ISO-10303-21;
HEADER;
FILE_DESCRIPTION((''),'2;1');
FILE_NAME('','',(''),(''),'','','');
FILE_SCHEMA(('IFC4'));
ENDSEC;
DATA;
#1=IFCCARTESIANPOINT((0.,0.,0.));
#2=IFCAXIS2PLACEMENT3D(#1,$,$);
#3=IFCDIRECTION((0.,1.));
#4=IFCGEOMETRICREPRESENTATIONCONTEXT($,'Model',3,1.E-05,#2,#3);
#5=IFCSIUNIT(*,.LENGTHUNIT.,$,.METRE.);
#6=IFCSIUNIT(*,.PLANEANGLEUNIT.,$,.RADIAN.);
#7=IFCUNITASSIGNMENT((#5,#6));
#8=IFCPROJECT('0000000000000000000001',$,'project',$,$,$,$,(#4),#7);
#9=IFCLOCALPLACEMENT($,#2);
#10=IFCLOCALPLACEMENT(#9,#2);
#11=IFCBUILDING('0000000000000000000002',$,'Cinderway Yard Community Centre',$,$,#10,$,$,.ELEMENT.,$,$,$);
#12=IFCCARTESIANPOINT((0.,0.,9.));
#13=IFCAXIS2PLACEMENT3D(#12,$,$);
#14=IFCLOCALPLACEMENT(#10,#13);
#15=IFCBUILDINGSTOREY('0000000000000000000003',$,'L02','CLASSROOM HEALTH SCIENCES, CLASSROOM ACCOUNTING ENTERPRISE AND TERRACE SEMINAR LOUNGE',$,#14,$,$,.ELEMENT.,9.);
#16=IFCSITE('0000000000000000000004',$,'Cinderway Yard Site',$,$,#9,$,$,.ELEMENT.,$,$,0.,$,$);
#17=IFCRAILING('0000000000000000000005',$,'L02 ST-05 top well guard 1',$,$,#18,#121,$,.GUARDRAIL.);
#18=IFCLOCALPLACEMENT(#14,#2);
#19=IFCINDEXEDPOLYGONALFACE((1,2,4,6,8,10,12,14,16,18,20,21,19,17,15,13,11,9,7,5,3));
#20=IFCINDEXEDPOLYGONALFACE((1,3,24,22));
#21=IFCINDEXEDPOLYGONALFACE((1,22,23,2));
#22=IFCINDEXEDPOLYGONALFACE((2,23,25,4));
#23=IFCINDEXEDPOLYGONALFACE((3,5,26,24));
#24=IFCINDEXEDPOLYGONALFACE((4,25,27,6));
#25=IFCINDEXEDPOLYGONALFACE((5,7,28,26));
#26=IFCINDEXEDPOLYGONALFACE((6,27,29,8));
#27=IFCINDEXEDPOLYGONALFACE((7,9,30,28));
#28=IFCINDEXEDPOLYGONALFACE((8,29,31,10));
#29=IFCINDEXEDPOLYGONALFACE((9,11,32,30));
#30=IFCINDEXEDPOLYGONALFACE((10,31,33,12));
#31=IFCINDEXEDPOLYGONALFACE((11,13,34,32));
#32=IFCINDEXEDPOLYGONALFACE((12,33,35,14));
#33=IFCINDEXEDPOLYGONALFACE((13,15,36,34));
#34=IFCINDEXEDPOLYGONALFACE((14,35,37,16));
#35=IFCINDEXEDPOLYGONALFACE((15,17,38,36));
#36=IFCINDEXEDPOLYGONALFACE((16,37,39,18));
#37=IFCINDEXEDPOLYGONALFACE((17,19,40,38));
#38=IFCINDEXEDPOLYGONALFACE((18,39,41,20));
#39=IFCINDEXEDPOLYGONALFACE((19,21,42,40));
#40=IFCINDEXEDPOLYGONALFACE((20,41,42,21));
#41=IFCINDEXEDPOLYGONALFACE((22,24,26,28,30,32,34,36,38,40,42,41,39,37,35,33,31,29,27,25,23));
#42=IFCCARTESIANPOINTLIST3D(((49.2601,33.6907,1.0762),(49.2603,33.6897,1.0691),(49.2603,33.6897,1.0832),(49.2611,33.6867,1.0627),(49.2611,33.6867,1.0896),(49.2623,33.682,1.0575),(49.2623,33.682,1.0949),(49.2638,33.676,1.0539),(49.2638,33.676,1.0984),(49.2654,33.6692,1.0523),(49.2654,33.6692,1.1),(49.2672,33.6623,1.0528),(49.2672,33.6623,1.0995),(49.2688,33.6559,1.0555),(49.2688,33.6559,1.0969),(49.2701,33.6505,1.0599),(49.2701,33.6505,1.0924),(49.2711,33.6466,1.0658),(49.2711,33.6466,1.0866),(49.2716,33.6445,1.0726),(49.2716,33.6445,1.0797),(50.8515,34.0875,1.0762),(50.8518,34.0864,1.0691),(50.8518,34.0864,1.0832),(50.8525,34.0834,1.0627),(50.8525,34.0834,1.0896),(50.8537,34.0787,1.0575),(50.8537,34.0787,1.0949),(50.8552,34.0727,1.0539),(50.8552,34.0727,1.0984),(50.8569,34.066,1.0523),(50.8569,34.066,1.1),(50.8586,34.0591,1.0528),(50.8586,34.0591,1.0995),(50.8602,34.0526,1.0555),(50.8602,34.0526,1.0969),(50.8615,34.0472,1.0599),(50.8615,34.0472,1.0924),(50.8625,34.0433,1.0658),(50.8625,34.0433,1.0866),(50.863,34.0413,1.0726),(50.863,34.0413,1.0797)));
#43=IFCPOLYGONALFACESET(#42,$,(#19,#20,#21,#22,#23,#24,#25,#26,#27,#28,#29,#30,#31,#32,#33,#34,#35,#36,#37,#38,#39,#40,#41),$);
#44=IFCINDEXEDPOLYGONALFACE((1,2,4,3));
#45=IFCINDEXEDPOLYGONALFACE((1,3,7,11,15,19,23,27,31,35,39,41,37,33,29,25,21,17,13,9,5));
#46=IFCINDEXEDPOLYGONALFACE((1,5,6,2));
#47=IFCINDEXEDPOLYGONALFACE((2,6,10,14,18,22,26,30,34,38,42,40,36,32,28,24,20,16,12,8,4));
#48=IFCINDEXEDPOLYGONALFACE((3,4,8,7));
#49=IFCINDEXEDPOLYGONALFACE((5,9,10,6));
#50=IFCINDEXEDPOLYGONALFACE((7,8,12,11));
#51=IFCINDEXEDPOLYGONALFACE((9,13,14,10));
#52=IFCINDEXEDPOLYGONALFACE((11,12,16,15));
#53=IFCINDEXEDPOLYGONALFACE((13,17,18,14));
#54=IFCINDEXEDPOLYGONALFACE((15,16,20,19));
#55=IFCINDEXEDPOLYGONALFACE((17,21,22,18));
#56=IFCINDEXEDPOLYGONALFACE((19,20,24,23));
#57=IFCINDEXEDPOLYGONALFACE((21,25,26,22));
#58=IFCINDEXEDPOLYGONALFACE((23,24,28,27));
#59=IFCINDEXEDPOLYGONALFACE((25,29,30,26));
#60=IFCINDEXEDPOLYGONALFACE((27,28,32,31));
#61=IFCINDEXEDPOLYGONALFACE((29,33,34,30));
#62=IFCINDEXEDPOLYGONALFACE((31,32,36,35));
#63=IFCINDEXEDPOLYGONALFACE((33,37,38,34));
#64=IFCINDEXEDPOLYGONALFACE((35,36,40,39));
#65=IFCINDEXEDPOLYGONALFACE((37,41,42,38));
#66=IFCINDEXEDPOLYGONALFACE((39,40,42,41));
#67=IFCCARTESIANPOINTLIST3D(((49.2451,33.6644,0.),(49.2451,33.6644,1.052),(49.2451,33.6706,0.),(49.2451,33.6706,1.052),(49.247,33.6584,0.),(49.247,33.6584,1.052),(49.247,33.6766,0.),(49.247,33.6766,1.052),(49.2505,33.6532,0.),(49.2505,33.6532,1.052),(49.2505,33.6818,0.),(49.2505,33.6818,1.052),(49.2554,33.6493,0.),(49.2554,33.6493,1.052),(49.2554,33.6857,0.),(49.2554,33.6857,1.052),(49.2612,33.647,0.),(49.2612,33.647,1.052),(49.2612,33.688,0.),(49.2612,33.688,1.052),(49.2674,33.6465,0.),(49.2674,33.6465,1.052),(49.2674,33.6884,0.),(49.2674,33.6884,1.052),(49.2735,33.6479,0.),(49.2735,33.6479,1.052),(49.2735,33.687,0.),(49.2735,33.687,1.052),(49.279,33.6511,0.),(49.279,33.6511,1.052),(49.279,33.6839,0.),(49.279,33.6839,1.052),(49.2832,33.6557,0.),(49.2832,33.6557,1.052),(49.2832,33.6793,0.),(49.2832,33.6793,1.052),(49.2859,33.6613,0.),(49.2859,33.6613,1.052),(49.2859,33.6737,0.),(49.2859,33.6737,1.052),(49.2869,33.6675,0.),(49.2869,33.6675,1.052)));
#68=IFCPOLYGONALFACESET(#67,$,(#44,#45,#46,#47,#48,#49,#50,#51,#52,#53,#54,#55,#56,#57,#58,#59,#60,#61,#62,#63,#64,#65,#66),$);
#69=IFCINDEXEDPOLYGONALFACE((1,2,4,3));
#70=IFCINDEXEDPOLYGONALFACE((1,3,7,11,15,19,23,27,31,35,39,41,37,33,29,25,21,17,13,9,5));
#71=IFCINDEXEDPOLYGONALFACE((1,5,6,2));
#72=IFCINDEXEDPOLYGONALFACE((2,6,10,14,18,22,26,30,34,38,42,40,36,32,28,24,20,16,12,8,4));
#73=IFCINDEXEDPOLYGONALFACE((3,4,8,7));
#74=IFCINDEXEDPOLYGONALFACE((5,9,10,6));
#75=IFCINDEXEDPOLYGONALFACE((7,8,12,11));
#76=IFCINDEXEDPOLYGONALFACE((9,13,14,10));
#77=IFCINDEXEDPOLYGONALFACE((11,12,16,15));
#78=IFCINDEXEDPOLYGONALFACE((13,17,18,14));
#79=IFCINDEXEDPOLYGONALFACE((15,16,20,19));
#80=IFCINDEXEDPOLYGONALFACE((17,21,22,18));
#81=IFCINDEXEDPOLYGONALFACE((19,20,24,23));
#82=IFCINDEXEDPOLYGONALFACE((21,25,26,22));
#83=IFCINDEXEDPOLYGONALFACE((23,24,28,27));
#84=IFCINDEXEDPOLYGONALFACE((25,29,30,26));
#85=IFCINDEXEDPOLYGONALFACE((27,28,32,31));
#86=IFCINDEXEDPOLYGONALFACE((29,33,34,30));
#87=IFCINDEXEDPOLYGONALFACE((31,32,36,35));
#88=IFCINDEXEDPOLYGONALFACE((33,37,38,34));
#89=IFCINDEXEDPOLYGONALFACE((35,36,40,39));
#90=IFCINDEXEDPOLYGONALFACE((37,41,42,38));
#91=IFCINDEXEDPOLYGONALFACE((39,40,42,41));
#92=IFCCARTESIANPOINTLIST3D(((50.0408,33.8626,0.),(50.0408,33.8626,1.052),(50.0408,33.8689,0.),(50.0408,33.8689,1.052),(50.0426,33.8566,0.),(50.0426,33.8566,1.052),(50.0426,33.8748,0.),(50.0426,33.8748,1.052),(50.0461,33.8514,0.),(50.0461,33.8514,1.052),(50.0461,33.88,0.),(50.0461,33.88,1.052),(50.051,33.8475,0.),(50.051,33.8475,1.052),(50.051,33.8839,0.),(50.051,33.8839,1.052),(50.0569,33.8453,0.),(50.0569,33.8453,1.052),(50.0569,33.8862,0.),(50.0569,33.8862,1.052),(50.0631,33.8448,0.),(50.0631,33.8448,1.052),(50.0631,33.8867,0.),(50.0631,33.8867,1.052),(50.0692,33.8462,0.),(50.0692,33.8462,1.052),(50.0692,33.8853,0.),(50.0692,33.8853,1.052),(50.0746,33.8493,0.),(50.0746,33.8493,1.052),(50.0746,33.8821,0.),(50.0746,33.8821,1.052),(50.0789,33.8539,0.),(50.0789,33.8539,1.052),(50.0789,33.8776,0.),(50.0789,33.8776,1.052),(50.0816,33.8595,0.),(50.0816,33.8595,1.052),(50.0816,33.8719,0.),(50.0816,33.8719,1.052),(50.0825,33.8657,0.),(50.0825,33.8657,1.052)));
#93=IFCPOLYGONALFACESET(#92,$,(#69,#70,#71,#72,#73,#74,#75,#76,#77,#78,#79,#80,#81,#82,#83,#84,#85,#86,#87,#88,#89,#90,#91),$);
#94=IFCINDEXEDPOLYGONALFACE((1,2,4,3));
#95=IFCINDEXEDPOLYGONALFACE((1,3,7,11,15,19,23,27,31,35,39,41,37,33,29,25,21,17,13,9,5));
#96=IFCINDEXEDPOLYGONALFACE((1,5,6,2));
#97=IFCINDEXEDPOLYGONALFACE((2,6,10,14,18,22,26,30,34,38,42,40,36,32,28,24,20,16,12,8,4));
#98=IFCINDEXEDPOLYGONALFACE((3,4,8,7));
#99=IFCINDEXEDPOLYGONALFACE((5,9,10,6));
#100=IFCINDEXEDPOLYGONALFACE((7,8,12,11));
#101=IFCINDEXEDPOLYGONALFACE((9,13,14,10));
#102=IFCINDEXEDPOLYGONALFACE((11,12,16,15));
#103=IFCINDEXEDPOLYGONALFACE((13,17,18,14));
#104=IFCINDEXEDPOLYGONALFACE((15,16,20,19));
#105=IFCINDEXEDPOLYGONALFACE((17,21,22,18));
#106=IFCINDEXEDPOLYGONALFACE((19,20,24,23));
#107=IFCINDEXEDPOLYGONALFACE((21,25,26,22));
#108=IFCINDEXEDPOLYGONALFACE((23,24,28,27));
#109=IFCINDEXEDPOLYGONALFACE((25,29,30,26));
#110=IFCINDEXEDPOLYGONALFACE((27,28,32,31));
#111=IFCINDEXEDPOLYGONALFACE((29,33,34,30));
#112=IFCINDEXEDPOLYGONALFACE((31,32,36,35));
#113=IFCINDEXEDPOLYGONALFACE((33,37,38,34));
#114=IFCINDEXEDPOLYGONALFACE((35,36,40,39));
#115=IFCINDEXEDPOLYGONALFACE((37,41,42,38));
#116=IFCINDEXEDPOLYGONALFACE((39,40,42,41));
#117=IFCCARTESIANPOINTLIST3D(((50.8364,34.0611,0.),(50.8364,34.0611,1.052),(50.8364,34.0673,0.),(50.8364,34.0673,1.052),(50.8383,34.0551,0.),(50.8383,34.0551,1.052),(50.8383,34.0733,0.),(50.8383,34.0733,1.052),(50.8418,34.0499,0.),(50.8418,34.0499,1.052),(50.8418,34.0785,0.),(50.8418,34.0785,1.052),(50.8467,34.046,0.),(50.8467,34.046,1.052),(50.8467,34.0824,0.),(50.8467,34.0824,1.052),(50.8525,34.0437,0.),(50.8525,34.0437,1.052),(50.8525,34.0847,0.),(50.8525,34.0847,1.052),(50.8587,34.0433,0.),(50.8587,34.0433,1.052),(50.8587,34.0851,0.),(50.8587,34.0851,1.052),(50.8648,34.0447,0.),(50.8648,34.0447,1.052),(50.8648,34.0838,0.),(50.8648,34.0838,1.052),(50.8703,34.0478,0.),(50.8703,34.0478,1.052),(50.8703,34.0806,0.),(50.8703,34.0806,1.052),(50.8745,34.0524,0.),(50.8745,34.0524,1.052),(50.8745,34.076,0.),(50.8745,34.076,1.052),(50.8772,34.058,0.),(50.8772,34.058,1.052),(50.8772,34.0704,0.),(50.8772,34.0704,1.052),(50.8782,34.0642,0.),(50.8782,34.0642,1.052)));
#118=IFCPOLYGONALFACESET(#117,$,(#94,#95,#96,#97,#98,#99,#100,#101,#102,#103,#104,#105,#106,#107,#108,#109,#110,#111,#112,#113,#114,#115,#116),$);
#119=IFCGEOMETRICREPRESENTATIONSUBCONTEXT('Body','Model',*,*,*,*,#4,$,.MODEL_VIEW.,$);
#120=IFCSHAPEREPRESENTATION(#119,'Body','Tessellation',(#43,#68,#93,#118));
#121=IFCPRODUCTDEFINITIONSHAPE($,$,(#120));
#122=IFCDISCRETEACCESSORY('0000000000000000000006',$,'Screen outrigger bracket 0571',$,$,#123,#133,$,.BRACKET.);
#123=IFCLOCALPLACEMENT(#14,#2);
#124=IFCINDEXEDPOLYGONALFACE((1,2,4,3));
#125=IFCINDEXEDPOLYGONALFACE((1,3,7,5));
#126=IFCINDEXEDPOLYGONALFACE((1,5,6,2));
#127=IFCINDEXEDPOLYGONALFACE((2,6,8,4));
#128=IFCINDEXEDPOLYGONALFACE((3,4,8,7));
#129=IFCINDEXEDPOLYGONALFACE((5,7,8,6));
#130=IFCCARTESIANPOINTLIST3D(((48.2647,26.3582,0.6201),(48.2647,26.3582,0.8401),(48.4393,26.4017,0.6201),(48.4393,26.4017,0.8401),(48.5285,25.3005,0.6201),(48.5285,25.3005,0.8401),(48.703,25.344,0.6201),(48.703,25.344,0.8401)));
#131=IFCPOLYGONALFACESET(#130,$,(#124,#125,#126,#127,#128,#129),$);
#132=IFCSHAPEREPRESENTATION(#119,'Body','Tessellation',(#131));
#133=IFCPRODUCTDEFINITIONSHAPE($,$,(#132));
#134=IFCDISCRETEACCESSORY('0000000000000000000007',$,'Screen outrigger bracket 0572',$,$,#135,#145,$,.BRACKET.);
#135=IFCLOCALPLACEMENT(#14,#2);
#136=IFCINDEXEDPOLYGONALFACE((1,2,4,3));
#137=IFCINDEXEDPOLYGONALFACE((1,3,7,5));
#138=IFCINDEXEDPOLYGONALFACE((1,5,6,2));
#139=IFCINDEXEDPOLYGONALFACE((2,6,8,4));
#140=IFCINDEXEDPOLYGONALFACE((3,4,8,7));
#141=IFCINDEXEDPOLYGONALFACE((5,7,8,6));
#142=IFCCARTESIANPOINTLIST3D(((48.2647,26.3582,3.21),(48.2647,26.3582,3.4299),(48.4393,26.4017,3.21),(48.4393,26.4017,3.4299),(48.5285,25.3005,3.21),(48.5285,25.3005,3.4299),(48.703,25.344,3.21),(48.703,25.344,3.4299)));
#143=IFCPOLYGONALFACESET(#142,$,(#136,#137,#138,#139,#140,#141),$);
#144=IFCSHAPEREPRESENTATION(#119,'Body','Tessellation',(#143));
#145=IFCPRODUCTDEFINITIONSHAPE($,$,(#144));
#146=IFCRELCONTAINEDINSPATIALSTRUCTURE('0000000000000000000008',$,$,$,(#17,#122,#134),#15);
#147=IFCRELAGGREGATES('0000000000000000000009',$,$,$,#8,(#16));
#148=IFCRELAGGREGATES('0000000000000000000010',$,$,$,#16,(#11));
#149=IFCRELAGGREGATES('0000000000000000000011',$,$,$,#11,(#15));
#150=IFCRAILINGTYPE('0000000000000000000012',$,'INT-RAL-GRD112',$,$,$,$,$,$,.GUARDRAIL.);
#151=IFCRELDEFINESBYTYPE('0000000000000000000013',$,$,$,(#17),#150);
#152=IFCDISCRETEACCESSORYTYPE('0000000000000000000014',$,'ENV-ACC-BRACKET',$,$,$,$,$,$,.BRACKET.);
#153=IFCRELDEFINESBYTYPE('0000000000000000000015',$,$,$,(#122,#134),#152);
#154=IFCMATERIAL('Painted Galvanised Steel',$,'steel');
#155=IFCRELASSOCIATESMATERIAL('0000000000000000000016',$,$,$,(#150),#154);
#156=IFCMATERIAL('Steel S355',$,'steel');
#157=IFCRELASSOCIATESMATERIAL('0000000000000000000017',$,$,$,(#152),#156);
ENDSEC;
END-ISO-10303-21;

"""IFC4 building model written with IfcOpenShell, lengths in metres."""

from ifc_helpers import new_model, si_unit, direction, frame, origin, origin_2d, place, context, subcontext, project, spatial, rectangle, circle, extrude, material, type_object, element, save


model = new_model("IFC4")

# Units and contexts
model_context = context("Model", 3, precision=1e-05, world=origin(), true_north=direction((0.0, 1.0)))
body_context = subcontext(model_context, "Body", "Model", "MODEL_VIEW")
ifc_project = project(units=[si_unit("LENGTHUNIT", "METRE"), si_unit("PLANEANGLEUNIT", "RADIAN")], contexts=[model_context])

# Site, building, storey
site_placement = place(None, origin())
site = spatial("IfcSite", under=ifc_project, at=site_placement, Name="Cinderway Yard Site", CompositionType="ELEMENT", RefElevation=0.0)
building_placement = place(site_placement, origin())
building = spatial("IfcBuilding", under=site, at=building_placement, Name="Cinderway Yard Community Centre", CompositionType="ELEMENT")
storey_placement = place(building_placement, frame((0.0, 0.0, 9.0)))
storey = spatial("IfcBuildingStorey", under=building, at=storey_placement, Name="L02", Description="CLASSROOM HEALTH SCIENCES, CLASSROOM ACCOUNTING ENTERPRISE AND TERRACE SEMINAR LOUNGE", CompositionType="ELEMENT", Elevation=9.0)

# Shared definitions
ifc_material_1 = material(Name="Steel S355", Category="steel")

# Shared definitions
ifc_material_2 = material(Name="Painted Galvanised Steel", Category="steel")

# Railing
railing_type_1 = type_object("IfcRailingType", Name="INT-RAL-GRD112", PredefinedType="GUARDRAIL", material=ifc_material_2)
railing_1_placement = place(storey_placement, frame((49.2659, 33.6675, 0.0)))
element("IfcRailing", 1, at=railing_1_placement, inside=storey, type_object=railing_type_1, Name="L02 ST-05 top well guard 1", PredefinedType="GUARDRAIL", context=body_context, shape_type="SweptSolid", body=[
    extrude(circle(Radius=0.0239, at=origin_2d()), frame((0.0, 0.0, 1.0762), z_axis=(0.9703, 0.241905, 0.0), x_axis=(-0.241905, 0.9703, 0.0)), (0.0, 0.0, 1.0), 1.6401),
    extrude(circle(Radius=0.021, at=origin_2d()), origin(), (0.0, 0.0, 1.0), 1.052),
    extrude(circle(Radius=0.021, at=origin_2d()), frame((0.7957, 0.1982, 0.0)), (0.0, 0.0, 1.0), 1.052),
    extrude(circle(Radius=0.021, at=origin_2d()), frame((1.5913, 0.3967, 0.0)), (0.0, 0.0, 1.0), 1.052),
])

# Discrete accessories
discrete_accessory_type = type_object("IfcDiscreteAccessoryType", Name="ENV-ACC-BRACKET", PredefinedType="BRACKET", material=ifc_material_1)
for number, where, z_axis, x_axis, name in (
    (2, (48.4839, 25.8511, 0.6201), (0.0, 0.0, 1.0), (0.241922, -0.970296, 0.0), "Screen outrigger bracket 0571"),
    (3, (48.4839, 25.8511, 3.21), (0.0, 0.0, 1.0), (0.241922, -0.970296, 0.0), "Screen outrigger bracket 0572"),
):
    element("IfcDiscreteAccessory", number, at=place(storey_placement, frame(where, z_axis=z_axis, x_axis=x_axis)), inside=storey, type_object=discrete_accessory_type, Name=name, PredefinedType="BRACKET", context=body_context, shape_type="SweptSolid", body=[
        extrude(rectangle(XDim=1.0901, YDim=0.1799, at=origin_2d()), origin(), (0.0, 0.0, 1.0), 0.22),
    ])

save(model, "model.ifc")
